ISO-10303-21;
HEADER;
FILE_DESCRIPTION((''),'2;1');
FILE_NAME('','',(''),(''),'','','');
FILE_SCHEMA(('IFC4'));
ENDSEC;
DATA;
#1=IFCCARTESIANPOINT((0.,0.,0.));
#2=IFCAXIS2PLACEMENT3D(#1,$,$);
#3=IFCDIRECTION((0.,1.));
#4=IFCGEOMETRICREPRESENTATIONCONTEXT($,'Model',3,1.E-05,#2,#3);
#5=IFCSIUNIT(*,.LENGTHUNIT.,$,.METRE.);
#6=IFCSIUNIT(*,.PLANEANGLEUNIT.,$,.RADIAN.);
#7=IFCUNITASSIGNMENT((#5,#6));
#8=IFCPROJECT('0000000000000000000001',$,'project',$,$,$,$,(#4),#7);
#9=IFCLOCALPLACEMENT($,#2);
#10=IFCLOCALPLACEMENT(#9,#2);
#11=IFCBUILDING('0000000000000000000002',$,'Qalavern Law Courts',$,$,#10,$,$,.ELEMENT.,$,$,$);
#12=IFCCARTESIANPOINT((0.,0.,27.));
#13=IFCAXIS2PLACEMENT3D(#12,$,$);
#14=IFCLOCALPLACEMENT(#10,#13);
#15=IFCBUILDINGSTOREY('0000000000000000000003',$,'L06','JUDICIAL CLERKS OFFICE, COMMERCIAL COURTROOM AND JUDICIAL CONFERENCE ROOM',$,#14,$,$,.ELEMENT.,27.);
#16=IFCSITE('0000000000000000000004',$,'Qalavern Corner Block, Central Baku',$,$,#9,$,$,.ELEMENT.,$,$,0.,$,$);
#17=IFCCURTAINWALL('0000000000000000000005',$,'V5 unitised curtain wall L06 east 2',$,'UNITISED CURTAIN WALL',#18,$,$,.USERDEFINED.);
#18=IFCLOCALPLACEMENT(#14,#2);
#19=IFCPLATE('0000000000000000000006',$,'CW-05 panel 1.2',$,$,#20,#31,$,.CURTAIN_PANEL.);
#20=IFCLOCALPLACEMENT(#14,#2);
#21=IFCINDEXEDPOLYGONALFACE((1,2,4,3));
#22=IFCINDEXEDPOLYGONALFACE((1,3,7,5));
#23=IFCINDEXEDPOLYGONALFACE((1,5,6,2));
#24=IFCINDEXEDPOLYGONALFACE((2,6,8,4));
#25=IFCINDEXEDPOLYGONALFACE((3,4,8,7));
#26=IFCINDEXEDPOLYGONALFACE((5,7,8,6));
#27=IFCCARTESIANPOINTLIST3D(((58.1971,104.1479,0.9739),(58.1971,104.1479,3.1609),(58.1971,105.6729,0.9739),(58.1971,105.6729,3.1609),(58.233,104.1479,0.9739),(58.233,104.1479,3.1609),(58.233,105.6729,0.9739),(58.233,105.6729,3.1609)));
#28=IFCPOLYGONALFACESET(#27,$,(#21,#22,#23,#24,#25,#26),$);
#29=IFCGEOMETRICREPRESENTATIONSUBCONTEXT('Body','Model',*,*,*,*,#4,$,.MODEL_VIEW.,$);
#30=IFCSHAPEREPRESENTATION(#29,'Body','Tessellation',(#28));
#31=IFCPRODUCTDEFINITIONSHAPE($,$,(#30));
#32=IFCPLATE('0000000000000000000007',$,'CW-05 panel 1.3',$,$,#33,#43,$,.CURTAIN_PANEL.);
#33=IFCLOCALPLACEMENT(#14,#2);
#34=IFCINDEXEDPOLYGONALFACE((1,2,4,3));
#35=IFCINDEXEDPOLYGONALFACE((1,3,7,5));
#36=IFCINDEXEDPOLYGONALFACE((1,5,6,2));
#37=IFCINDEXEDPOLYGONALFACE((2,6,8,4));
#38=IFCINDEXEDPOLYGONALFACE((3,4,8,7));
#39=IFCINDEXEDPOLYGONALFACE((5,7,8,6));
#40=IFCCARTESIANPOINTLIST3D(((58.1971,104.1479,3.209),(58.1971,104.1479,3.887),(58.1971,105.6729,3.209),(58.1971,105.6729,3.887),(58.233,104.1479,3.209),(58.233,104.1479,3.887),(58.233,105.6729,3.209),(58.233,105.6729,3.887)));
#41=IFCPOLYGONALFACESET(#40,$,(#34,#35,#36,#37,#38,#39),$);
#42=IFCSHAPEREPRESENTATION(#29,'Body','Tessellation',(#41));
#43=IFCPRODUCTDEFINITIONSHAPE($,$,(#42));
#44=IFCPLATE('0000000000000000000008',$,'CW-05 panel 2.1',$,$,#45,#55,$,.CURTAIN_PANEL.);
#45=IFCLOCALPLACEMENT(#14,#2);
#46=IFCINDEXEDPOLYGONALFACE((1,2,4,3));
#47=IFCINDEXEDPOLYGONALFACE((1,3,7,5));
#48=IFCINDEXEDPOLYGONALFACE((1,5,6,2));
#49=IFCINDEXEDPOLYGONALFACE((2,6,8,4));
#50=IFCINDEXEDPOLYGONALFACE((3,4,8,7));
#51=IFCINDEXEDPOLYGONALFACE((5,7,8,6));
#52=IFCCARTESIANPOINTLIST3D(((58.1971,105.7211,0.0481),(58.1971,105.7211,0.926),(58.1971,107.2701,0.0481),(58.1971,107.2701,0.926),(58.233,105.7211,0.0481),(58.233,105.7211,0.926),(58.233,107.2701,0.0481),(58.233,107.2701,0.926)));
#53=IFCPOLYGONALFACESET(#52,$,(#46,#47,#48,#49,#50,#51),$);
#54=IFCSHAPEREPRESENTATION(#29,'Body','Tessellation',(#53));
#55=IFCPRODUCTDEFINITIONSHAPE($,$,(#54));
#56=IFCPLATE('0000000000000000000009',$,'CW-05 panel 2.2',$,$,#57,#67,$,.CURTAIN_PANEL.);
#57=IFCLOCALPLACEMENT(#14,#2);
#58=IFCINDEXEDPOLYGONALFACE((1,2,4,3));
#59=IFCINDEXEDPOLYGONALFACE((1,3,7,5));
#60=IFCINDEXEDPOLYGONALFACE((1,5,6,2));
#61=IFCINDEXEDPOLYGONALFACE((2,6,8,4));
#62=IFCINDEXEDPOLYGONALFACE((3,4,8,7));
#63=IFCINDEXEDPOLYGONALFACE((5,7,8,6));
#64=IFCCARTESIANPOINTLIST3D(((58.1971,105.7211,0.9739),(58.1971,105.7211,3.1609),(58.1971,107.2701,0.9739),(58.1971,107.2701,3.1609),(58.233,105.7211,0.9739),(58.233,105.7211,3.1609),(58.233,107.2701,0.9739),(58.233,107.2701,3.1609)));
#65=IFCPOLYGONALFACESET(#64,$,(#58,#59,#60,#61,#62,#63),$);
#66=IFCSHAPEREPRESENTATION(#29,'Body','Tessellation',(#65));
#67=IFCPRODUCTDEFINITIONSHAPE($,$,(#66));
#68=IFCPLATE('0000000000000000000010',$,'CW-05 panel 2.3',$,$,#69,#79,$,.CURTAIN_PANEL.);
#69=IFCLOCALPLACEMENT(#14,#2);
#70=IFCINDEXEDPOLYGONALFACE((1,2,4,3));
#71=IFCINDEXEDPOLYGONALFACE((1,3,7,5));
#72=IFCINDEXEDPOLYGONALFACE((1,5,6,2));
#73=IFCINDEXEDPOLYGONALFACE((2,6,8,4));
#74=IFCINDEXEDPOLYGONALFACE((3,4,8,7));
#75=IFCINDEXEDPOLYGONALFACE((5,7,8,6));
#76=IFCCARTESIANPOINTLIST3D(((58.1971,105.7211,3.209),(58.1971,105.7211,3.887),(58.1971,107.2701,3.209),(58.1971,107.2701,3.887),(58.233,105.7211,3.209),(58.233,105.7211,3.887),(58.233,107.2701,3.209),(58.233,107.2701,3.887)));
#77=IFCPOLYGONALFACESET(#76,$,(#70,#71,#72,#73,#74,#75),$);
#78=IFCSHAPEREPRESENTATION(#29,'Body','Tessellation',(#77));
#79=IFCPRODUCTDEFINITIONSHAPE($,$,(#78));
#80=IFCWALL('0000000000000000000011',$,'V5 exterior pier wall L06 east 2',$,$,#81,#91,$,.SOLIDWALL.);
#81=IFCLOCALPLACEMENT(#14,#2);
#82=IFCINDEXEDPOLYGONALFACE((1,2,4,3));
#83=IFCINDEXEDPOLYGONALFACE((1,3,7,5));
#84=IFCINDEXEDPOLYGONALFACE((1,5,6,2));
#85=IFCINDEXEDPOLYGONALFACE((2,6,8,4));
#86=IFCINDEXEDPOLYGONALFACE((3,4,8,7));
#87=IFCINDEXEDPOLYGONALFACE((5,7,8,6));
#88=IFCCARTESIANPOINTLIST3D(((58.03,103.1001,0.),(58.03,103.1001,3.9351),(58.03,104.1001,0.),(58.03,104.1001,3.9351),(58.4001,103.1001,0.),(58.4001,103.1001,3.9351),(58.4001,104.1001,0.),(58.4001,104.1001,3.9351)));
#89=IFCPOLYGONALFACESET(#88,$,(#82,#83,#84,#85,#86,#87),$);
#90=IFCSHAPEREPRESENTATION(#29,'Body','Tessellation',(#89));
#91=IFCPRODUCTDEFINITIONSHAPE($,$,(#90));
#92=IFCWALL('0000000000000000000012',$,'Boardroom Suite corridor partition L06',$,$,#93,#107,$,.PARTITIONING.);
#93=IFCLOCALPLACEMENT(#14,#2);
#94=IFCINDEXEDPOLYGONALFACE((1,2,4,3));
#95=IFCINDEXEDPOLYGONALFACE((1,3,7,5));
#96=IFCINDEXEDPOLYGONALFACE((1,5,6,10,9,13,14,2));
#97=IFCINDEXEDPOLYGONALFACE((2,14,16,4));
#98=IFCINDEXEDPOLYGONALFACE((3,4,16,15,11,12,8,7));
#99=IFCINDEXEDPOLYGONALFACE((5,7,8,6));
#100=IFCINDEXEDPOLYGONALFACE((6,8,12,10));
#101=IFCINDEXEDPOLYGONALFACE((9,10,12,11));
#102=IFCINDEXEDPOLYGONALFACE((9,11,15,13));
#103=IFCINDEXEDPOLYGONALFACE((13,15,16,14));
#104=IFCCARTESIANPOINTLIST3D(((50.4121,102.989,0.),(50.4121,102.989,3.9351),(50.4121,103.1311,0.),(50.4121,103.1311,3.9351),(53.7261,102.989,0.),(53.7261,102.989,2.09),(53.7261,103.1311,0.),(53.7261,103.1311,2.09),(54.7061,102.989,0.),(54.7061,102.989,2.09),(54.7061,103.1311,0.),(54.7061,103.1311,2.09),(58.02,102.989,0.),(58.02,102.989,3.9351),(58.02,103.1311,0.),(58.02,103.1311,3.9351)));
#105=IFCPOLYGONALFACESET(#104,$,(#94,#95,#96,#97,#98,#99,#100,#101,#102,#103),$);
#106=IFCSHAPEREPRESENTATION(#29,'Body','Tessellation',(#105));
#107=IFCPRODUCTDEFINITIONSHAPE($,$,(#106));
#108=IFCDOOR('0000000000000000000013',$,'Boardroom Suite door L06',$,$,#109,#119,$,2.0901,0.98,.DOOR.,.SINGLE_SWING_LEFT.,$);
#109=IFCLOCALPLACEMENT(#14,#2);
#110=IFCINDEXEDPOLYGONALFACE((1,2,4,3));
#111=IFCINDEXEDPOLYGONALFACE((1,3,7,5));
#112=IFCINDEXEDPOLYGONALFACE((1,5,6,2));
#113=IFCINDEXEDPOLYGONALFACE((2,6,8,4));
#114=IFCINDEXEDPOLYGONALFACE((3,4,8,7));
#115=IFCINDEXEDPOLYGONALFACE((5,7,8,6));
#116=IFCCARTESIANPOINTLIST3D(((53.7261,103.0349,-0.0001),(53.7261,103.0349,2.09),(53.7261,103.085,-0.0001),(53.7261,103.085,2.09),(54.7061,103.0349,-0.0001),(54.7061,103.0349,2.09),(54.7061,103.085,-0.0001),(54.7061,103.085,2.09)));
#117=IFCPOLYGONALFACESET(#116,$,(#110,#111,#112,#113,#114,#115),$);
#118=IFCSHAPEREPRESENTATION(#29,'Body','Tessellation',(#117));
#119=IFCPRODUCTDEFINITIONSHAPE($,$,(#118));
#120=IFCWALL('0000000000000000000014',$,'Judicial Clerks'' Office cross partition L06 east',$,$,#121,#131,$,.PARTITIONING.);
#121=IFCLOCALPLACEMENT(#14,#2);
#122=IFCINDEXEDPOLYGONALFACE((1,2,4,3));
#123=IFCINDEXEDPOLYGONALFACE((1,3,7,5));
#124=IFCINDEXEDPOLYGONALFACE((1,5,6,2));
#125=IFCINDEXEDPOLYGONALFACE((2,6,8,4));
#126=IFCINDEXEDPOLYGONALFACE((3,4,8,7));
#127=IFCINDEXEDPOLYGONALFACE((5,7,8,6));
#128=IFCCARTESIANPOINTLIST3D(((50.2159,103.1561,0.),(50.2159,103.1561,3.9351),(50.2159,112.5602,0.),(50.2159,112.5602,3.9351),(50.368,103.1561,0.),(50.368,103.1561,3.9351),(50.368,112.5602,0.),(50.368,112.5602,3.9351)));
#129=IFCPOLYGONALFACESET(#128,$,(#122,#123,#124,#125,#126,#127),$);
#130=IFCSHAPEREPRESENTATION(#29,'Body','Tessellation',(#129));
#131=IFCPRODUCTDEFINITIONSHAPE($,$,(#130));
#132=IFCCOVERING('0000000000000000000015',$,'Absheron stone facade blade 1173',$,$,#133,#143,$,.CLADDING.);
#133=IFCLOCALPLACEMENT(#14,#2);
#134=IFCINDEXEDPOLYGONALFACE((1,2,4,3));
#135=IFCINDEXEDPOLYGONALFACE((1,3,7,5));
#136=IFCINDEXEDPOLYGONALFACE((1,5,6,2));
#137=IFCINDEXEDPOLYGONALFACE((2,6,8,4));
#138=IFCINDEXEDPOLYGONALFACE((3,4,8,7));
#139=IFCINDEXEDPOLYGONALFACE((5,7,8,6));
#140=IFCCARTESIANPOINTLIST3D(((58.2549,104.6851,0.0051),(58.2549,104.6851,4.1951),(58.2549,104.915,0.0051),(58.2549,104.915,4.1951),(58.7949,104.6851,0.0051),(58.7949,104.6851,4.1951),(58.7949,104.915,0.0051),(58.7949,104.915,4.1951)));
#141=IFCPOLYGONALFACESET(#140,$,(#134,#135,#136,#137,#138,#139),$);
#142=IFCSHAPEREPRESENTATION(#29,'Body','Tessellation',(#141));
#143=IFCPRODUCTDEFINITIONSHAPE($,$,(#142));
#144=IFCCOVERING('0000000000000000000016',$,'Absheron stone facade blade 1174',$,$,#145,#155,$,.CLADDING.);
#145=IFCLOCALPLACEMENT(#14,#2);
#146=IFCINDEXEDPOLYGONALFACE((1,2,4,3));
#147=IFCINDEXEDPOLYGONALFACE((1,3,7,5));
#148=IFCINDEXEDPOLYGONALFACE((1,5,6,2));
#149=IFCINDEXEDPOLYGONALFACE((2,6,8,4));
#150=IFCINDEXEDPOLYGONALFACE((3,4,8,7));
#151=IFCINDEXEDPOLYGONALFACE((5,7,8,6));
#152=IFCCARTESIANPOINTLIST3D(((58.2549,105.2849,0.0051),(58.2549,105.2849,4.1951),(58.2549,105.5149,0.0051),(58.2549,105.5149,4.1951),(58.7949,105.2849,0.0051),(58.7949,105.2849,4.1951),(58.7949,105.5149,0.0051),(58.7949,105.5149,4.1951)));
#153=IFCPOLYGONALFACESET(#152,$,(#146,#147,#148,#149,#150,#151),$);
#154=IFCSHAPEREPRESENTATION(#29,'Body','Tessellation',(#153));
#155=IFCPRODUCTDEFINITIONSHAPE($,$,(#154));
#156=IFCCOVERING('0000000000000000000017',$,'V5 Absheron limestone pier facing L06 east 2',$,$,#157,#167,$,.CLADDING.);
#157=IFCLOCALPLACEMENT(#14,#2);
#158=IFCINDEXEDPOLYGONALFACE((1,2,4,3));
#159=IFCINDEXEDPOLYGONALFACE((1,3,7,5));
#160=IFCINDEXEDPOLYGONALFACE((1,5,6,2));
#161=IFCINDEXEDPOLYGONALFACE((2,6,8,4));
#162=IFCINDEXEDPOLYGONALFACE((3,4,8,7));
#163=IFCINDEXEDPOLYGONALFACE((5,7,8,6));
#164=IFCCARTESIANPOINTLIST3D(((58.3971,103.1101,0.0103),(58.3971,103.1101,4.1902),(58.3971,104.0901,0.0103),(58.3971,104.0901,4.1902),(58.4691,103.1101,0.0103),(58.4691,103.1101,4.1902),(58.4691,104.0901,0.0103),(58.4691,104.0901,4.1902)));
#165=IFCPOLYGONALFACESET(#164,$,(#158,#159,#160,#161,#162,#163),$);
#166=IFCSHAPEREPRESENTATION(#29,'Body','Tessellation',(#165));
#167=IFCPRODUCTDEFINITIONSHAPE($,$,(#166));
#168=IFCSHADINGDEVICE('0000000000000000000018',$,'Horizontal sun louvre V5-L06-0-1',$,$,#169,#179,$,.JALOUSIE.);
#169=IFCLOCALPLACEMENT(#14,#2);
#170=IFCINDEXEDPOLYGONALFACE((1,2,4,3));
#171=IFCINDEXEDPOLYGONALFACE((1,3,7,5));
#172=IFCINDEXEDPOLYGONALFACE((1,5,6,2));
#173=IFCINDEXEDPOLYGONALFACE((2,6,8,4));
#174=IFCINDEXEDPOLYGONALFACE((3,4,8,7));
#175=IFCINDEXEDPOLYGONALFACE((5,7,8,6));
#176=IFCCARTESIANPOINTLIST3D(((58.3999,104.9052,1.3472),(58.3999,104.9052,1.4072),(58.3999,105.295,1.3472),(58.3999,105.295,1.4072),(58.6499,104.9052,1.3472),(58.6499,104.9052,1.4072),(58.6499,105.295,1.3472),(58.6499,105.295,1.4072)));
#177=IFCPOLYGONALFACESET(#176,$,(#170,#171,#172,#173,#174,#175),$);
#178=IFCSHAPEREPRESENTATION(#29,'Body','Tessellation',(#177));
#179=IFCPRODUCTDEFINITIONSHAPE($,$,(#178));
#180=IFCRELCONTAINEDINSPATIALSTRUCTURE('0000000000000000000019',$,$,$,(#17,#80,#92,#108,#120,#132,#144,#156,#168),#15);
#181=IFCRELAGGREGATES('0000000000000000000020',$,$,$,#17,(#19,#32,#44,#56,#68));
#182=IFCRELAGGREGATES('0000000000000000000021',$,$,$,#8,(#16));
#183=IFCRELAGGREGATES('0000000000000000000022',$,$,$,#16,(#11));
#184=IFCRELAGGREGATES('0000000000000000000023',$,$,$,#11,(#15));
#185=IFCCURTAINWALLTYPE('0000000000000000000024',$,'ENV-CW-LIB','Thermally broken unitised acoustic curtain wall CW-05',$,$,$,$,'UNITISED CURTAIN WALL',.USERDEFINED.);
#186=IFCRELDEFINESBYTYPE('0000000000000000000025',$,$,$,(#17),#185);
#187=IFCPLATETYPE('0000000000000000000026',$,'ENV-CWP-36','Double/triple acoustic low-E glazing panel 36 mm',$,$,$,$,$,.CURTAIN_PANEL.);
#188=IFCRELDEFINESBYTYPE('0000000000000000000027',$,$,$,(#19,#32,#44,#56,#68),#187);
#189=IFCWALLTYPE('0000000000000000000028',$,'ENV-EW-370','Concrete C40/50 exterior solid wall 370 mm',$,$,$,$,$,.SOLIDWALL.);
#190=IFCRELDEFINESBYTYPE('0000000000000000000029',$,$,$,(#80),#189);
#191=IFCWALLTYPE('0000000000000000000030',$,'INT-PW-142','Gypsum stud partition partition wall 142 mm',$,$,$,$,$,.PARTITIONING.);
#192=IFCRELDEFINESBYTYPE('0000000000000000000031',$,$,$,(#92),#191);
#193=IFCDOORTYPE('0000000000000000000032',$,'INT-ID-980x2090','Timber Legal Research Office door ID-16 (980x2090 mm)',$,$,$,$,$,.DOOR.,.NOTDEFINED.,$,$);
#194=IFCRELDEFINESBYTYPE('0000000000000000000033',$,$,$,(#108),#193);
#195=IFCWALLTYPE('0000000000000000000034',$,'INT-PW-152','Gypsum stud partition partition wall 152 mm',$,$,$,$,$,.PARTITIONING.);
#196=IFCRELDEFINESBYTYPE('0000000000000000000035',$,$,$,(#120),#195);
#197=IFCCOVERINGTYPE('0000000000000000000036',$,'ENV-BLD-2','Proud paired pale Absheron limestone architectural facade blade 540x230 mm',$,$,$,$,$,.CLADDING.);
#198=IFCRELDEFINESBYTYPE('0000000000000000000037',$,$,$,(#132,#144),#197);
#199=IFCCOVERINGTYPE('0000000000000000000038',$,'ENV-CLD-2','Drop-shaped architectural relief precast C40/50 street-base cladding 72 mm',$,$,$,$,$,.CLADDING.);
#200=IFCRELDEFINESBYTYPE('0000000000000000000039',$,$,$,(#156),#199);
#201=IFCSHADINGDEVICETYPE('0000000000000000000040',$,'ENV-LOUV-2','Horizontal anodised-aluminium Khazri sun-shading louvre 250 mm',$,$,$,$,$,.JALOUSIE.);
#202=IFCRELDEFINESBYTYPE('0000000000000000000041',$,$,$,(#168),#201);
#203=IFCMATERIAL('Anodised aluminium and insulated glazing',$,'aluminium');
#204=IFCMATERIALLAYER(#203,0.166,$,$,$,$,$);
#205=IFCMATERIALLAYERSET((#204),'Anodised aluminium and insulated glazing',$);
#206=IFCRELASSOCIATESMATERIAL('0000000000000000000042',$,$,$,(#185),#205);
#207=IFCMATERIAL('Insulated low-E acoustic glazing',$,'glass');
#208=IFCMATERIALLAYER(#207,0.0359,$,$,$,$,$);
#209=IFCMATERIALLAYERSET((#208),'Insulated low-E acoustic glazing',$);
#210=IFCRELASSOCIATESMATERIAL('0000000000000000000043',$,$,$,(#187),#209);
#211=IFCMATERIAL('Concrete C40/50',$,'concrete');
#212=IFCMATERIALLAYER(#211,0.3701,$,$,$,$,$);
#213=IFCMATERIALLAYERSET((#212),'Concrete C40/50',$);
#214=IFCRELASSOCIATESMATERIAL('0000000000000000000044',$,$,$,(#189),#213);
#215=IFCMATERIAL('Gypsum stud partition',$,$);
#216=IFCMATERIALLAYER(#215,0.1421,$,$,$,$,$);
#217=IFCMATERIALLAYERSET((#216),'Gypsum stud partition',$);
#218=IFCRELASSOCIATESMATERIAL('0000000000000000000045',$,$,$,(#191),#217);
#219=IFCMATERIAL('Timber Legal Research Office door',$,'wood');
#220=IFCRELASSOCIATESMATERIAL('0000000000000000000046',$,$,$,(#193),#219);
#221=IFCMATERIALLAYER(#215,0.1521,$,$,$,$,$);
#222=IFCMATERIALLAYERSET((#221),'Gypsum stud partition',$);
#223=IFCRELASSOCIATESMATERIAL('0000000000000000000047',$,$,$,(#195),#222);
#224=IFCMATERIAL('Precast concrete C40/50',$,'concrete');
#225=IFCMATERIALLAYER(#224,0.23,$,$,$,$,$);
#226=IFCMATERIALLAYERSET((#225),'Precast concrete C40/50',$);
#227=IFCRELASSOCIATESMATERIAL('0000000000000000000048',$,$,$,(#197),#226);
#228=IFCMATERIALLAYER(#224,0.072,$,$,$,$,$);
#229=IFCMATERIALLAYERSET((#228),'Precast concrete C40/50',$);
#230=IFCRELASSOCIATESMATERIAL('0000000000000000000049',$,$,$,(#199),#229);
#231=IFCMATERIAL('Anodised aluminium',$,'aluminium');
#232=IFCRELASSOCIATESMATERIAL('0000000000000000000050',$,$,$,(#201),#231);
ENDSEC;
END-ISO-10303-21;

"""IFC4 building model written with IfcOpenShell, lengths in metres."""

from ifc_helpers import new_model, si_unit, direction, frame, frame_2d, origin, origin_2d, place, context, subcontext, project, spatial, rectangle, extrude, material, layer, layer_set, type_object, element, fill, aggregate, save


model = new_model("IFC4")

# Units and contexts
model_context = context("Model", 3, precision=1e-05, world=origin(), true_north=direction((0.0, 1.0)))
body_context = subcontext(model_context, "Body", "Model", "MODEL_VIEW")
ifc_project = project(units=[si_unit("LENGTHUNIT", "METRE"), si_unit("PLANEANGLEUNIT", "RADIAN")], contexts=[model_context])

# Site, building, storey
site_placement = place(None, origin())
site = spatial("IfcSite", under=ifc_project, at=site_placement, Name="Qalavern Corner Block, Central Baku", CompositionType="ELEMENT", RefElevation=0.0)
building_placement = place(site_placement, origin())
building = spatial("IfcBuilding", under=site, at=building_placement, Name="Qalavern Law Courts", CompositionType="ELEMENT")
storey_placement = place(building_placement, frame((0.0, 0.0, 27.0)))
storey = spatial("IfcBuildingStorey", under=building, at=storey_placement, Name="L06", Description="JUDICIAL CLERKS OFFICE, COMMERCIAL COURTROOM AND JUDICIAL CONFERENCE ROOM", CompositionType="ELEMENT", Elevation=27.0)

# Shared definitions
ifc_material_1 = material(Name="Anodised aluminium and insulated glazing", Category="aluminium")
ifc_layer_1 = layer(ifc_material_1, 0.166)
ifc_layer_set_1 = layer_set([ifc_layer_1], Name="Anodised aluminium and insulated glazing")
curtain_wall_type = type_object("IfcCurtainWallType", Name="ENV-CW-LIB", Description="Thermally broken unitised acoustic curtain wall CW-05", ElementType="UNITISED CURTAIN WALL", PredefinedType="USERDEFINED", material=ifc_layer_set_1)
ifc_material_2 = material(Name="Anodised aluminium", Category="aluminium")

# Curtain wall
curtain_wall_1_placement = place(storey_placement, origin())
curtain_wall_1 = element("IfcCurtainWall", 1, at=curtain_wall_1_placement, inside=storey, type_object=curtain_wall_type, Name="V5 unitised curtain wall L06 east 2", ObjectType="UNITISED CURTAIN WALL", PredefinedType="USERDEFINED")

# Shared definitions
ifc_material_3 = material(Name="Concrete C40/50", Category="concrete")

# Plates
ifc_material_4 = material(Name="Insulated low-E acoustic glazing", Category="glass")
ifc_layer_2 = layer(ifc_material_4, 0.0359)
ifc_layer_set_2 = layer_set([ifc_layer_2], Name="Insulated low-E acoustic glazing")
plate_type_1 = type_object("IfcPlateType", Name="ENV-CWP-36", Description="Double/triple acoustic low-E glazing panel 36 mm", PredefinedType="CURTAIN_PANEL", material=ifc_layer_set_2)
plate_1_placement = place(storey_placement, frame((58.2151, 104.9104, 0.9739), z_axis=(0.0, 0.0, 1.0), x_axis=(0.0, 1.0, 0.0)))
plate_1 = element("IfcPlate", 2, at=plate_1_placement, type_object=plate_type_1, Name="CW-05 panel 1.2", PredefinedType="CURTAIN_PANEL", context=body_context, shape_type="SweptSolid", body=[
    extrude(rectangle(XDim=1.5249, YDim=0.0359, at=origin_2d()), origin(), (0.0, 0.0, 1.0), 2.187),
])
plate_2_placement = place(storey_placement, frame((58.2151, 104.9104, 3.209), z_axis=(0.0, 0.0, 1.0), x_axis=(0.0, 1.0, 0.0)))
plate_2 = element("IfcPlate", 3, at=plate_2_placement, type_object=plate_type_1, Name="CW-05 panel 1.3", PredefinedType="CURTAIN_PANEL", context=body_context, shape_type="SweptSolid", body=[
    extrude(rectangle(XDim=1.5249, YDim=0.0359, at=origin_2d()), origin(), (0.0, 0.0, 1.0), 0.678),
])
plate_3_placement = place(storey_placement, frame((58.2151, 106.4956, 0.0481), z_axis=(0.0, 0.0, 1.0), x_axis=(0.0, 1.0, 0.0)))
plate_3 = element("IfcPlate", 4, at=plate_3_placement, type_object=plate_type_1, Name="CW-05 panel 2.1", PredefinedType="CURTAIN_PANEL", context=body_context, shape_type="SweptSolid", body=[
    extrude(rectangle(XDim=1.5491, YDim=0.0359, at=origin_2d()), origin(), (0.0, 0.0, 1.0), 0.8779),
])
plate_4_placement = place(storey_placement, frame((58.2151, 106.4956, 0.9739), z_axis=(0.0, 0.0, 1.0), x_axis=(0.0, 1.0, 0.0)))
plate_4 = element("IfcPlate", 5, at=plate_4_placement, type_object=plate_type_1, Name="CW-05 panel 2.2", PredefinedType="CURTAIN_PANEL", context=body_context, shape_type="SweptSolid", body=[
    extrude(rectangle(XDim=1.5491, YDim=0.0359, at=origin_2d()), origin(), (0.0, 0.0, 1.0), 2.187),
])
plate_5_placement = place(storey_placement, frame((58.2151, 106.4956, 3.209), z_axis=(0.0, 0.0, 1.0), x_axis=(0.0, 1.0, 0.0)))
plate_5 = element("IfcPlate", 6, at=plate_5_placement, type_object=plate_type_1, Name="CW-05 panel 2.3", PredefinedType="CURTAIN_PANEL", context=body_context, shape_type="SweptSolid", body=[
    extrude(rectangle(XDim=1.5491, YDim=0.0359, at=origin_2d()), origin(), (0.0, 0.0, 1.0), 0.678),
])
aggregate(curtain_wall_1, [plate_1, plate_2, plate_3, plate_4, plate_5])

# Wall
ifc_layer_3 = layer(ifc_material_3, 0.3701)
ifc_layer_set_3 = layer_set([ifc_layer_3], Name="Concrete C40/50")
wall_type_1 = type_object("IfcWallType", Name="ENV-EW-370", Description="Concrete C40/50 exterior solid wall 370 mm", PredefinedType="SOLIDWALL", material=ifc_layer_set_3)
wall_1_placement = place(storey_placement, frame((58.2151, 103.1001, 0.0), z_axis=(0.0, 0.0, 1.0), x_axis=(0.0, 1.0, 0.0)))
element("IfcWall", 7, at=wall_1_placement, inside=storey, type_object=wall_type_1, Name="V5 exterior pier wall L06 east 2", PredefinedType="SOLIDWALL", context=body_context, shape_type="SweptSolid", body=[
    extrude(rectangle(XDim=1.0, YDim=0.3701, at=frame_2d((0.5, 0.0))), origin(), (0.0, 0.0, 1.0), 3.9351),
])

# Wall, opening, door
ifc_material_5 = material(Name="Gypsum stud partition")
ifc_layer_4 = layer(ifc_material_5, 0.1421)
ifc_layer_set_4 = layer_set([ifc_layer_4], Name="Gypsum stud partition")
wall_type_2 = type_object("IfcWallType", Name="INT-PW-142", Description="Gypsum stud partition partition wall 142 mm", PredefinedType="PARTITIONING", material=ifc_layer_set_4)
wall_2_placement = place(storey_placement, frame((50.4121, 103.0601, 0.0), z_axis=(0.0, 0.0, 1.0), x_axis=(1.0, 0.0, 0.0)))
wall_2 = element("IfcWall", 8, at=wall_2_placement, inside=storey, type_object=wall_type_2, Name="Boardroom Suite corridor partition L06", PredefinedType="PARTITIONING", context=body_context, shape_type="SweptSolid", body=[
    extrude(rectangle(XDim=7.6079, YDim=0.1421, at=frame_2d((3.804, 0.0))), origin(), (0.0, 0.0, 1.0), 3.9351),
])
opening_placement = place(wall_2_placement, frame((3.314, 0.0, 0.0)))
opening = element("IfcOpeningElement", 9, at=opening_placement, cuts=wall_2, PredefinedType="OPENING", context=body_context, shape_type="SweptSolid", body=[
    extrude(rectangle(XDim=0.98, YDim=2.0901, at=frame_2d((0.49, 1.0449))), frame((0.0, 0.0859, 0.0), z_axis=(0.0, -1.0, 0.0), x_axis=(1.0, 0.0, 0.0)), (0.0, 0.0, 1.0), 0.1719),
])
ifc_material_6 = material(Name="Timber Legal Research Office door", Category="wood")
door_type = type_object("IfcDoorType", Name="INT-ID-980x2090", Description="Timber Legal Research Office door ID-16 (980x2090 mm)", OperationType="NOTDEFINED", PredefinedType="DOOR", material=ifc_material_6)
door_placement = place(opening_placement, origin())
door = element("IfcDoor", 10, at=door_placement, inside=storey, type_object=door_type, Name="Boardroom Suite door L06", OperationType="SINGLE_SWING_LEFT", OverallHeight=2.0901, OverallWidth=0.98, PredefinedType="DOOR", context=body_context, shape_type="SweptSolid", body=[
    extrude(rectangle(XDim=0.98, YDim=2.0901, at=frame_2d((0.49, 1.0449))), frame((0.0, 0.0249, 0.0), z_axis=(0.0, -1.0, 0.0), x_axis=(1.0, 0.0, 0.0)), (0.0, 0.0, 1.0), 0.05),
])
fill(opening, door)

# Wall
ifc_layer_5 = layer(ifc_material_5, 0.1521)
ifc_layer_set_5 = layer_set([ifc_layer_5], Name="Gypsum stud partition")
wall_type_3 = type_object("IfcWallType", Name="INT-PW-152", Description="Gypsum stud partition partition wall 152 mm", PredefinedType="PARTITIONING", material=ifc_layer_set_5)
wall_3_placement = place(storey_placement, frame((50.292, 103.156, 0.0), z_axis=(0.0, 0.0, 1.0), x_axis=(0.0, 1.0, 0.0)))
element("IfcWall", 11, at=wall_3_placement, inside=storey, type_object=wall_type_3, Name="Judicial Clerks' Office cross partition L06 east", PredefinedType="PARTITIONING", context=body_context, shape_type="SweptSolid", body=[
    extrude(rectangle(XDim=9.4041, YDim=0.1521, at=frame_2d((4.7021, 0.0))), origin(), (0.0, 0.0, 1.0), 3.9351),
])

# Coverings
ifc_material_7 = material(Name="Precast concrete C40/50", Category="concrete")
ifc_layer_6 = layer(ifc_material_7, 0.23)
ifc_layer_set_6 = layer_set([ifc_layer_6], Name="Precast concrete C40/50")
covering_type_1 = type_object("IfcCoveringType", Name="ENV-BLD-2", Description="Proud paired pale Absheron limestone architectural facade blade 540x230 mm", PredefinedType="CLADDING", material=ifc_layer_set_6)
for number, where, z_axis, x_axis, name in (
    (12, (58.5249, 104.8, 0.0051), (0.0, 0.0, 1.0), (1.0, 0.0, 0.0), "Absheron stone facade blade 1173"),
    (13, (58.5249, 105.3999, 0.0051), (0.0, 0.0, 1.0), (1.0, 0.0, 0.0), "Absheron stone facade blade 1174"),
):
    element("IfcCovering", number, at=place(storey_placement, frame(where, z_axis=z_axis, x_axis=x_axis)), inside=storey, type_object=covering_type_1, Name=name, PredefinedType="CLADDING", context=body_context, shape_type="SweptSolid", body=[
        extrude(rectangle(XDim=0.54, YDim=0.23, at=origin_2d()), origin(), (0.0, 0.0, 1.0), 4.1899),
    ])
ifc_layer_7 = layer(ifc_material_7, 0.072)
ifc_layer_set_7 = layer_set([ifc_layer_7], Name="Precast concrete C40/50")
covering_type_2 = type_object("IfcCoveringType", Name="ENV-CLD-2", Description="Drop-shaped architectural relief precast C40/50 street-base cladding 72 mm", PredefinedType="CLADDING", material=ifc_layer_set_7)
covering_placement = place(storey_placement, frame((58.4331, 103.6001, 0.0103), z_axis=(0.0, 0.0, 1.0), x_axis=(0.0, 1.0, 0.0)))
element("IfcCovering", 14, at=covering_placement, inside=storey, type_object=covering_type_2, Name="V5 Absheron limestone pier facing L06 east 2", PredefinedType="CLADDING", context=body_context, shape_type="SweptSolid", body=[
    extrude(rectangle(XDim=0.98, YDim=0.072, at=origin_2d()), origin(), (0.0, 0.0, 1.0), 4.1799),
])

# Shading device
shading_device_type = type_object("IfcShadingDeviceType", Name="ENV-LOUV-2", Description="Horizontal anodised-aluminium Khazri sun-shading louvre 250 mm", PredefinedType="JALOUSIE", material=ifc_material_2)
for number, where, z_axis, x_axis, name in (
    (15, (58.5249, 105.1001, 1.3472), (0.0, 0.0, 1.0), (0.0, 1.0, 0.0), "Horizontal sun louvre V5-L06-0-1"),
):
    element("IfcShadingDevice", number, at=place(storey_placement, frame(where, z_axis=z_axis, x_axis=x_axis)), inside=storey, type_object=shading_device_type, Name=name, PredefinedType="JALOUSIE", context=body_context, shape_type="SweptSolid", body=[
        extrude(rectangle(XDim=0.3899, YDim=0.25, at=origin_2d()), origin(), (0.0, 0.0, 1.0), 0.0601),
    ])

save(model, "model.ifc")
